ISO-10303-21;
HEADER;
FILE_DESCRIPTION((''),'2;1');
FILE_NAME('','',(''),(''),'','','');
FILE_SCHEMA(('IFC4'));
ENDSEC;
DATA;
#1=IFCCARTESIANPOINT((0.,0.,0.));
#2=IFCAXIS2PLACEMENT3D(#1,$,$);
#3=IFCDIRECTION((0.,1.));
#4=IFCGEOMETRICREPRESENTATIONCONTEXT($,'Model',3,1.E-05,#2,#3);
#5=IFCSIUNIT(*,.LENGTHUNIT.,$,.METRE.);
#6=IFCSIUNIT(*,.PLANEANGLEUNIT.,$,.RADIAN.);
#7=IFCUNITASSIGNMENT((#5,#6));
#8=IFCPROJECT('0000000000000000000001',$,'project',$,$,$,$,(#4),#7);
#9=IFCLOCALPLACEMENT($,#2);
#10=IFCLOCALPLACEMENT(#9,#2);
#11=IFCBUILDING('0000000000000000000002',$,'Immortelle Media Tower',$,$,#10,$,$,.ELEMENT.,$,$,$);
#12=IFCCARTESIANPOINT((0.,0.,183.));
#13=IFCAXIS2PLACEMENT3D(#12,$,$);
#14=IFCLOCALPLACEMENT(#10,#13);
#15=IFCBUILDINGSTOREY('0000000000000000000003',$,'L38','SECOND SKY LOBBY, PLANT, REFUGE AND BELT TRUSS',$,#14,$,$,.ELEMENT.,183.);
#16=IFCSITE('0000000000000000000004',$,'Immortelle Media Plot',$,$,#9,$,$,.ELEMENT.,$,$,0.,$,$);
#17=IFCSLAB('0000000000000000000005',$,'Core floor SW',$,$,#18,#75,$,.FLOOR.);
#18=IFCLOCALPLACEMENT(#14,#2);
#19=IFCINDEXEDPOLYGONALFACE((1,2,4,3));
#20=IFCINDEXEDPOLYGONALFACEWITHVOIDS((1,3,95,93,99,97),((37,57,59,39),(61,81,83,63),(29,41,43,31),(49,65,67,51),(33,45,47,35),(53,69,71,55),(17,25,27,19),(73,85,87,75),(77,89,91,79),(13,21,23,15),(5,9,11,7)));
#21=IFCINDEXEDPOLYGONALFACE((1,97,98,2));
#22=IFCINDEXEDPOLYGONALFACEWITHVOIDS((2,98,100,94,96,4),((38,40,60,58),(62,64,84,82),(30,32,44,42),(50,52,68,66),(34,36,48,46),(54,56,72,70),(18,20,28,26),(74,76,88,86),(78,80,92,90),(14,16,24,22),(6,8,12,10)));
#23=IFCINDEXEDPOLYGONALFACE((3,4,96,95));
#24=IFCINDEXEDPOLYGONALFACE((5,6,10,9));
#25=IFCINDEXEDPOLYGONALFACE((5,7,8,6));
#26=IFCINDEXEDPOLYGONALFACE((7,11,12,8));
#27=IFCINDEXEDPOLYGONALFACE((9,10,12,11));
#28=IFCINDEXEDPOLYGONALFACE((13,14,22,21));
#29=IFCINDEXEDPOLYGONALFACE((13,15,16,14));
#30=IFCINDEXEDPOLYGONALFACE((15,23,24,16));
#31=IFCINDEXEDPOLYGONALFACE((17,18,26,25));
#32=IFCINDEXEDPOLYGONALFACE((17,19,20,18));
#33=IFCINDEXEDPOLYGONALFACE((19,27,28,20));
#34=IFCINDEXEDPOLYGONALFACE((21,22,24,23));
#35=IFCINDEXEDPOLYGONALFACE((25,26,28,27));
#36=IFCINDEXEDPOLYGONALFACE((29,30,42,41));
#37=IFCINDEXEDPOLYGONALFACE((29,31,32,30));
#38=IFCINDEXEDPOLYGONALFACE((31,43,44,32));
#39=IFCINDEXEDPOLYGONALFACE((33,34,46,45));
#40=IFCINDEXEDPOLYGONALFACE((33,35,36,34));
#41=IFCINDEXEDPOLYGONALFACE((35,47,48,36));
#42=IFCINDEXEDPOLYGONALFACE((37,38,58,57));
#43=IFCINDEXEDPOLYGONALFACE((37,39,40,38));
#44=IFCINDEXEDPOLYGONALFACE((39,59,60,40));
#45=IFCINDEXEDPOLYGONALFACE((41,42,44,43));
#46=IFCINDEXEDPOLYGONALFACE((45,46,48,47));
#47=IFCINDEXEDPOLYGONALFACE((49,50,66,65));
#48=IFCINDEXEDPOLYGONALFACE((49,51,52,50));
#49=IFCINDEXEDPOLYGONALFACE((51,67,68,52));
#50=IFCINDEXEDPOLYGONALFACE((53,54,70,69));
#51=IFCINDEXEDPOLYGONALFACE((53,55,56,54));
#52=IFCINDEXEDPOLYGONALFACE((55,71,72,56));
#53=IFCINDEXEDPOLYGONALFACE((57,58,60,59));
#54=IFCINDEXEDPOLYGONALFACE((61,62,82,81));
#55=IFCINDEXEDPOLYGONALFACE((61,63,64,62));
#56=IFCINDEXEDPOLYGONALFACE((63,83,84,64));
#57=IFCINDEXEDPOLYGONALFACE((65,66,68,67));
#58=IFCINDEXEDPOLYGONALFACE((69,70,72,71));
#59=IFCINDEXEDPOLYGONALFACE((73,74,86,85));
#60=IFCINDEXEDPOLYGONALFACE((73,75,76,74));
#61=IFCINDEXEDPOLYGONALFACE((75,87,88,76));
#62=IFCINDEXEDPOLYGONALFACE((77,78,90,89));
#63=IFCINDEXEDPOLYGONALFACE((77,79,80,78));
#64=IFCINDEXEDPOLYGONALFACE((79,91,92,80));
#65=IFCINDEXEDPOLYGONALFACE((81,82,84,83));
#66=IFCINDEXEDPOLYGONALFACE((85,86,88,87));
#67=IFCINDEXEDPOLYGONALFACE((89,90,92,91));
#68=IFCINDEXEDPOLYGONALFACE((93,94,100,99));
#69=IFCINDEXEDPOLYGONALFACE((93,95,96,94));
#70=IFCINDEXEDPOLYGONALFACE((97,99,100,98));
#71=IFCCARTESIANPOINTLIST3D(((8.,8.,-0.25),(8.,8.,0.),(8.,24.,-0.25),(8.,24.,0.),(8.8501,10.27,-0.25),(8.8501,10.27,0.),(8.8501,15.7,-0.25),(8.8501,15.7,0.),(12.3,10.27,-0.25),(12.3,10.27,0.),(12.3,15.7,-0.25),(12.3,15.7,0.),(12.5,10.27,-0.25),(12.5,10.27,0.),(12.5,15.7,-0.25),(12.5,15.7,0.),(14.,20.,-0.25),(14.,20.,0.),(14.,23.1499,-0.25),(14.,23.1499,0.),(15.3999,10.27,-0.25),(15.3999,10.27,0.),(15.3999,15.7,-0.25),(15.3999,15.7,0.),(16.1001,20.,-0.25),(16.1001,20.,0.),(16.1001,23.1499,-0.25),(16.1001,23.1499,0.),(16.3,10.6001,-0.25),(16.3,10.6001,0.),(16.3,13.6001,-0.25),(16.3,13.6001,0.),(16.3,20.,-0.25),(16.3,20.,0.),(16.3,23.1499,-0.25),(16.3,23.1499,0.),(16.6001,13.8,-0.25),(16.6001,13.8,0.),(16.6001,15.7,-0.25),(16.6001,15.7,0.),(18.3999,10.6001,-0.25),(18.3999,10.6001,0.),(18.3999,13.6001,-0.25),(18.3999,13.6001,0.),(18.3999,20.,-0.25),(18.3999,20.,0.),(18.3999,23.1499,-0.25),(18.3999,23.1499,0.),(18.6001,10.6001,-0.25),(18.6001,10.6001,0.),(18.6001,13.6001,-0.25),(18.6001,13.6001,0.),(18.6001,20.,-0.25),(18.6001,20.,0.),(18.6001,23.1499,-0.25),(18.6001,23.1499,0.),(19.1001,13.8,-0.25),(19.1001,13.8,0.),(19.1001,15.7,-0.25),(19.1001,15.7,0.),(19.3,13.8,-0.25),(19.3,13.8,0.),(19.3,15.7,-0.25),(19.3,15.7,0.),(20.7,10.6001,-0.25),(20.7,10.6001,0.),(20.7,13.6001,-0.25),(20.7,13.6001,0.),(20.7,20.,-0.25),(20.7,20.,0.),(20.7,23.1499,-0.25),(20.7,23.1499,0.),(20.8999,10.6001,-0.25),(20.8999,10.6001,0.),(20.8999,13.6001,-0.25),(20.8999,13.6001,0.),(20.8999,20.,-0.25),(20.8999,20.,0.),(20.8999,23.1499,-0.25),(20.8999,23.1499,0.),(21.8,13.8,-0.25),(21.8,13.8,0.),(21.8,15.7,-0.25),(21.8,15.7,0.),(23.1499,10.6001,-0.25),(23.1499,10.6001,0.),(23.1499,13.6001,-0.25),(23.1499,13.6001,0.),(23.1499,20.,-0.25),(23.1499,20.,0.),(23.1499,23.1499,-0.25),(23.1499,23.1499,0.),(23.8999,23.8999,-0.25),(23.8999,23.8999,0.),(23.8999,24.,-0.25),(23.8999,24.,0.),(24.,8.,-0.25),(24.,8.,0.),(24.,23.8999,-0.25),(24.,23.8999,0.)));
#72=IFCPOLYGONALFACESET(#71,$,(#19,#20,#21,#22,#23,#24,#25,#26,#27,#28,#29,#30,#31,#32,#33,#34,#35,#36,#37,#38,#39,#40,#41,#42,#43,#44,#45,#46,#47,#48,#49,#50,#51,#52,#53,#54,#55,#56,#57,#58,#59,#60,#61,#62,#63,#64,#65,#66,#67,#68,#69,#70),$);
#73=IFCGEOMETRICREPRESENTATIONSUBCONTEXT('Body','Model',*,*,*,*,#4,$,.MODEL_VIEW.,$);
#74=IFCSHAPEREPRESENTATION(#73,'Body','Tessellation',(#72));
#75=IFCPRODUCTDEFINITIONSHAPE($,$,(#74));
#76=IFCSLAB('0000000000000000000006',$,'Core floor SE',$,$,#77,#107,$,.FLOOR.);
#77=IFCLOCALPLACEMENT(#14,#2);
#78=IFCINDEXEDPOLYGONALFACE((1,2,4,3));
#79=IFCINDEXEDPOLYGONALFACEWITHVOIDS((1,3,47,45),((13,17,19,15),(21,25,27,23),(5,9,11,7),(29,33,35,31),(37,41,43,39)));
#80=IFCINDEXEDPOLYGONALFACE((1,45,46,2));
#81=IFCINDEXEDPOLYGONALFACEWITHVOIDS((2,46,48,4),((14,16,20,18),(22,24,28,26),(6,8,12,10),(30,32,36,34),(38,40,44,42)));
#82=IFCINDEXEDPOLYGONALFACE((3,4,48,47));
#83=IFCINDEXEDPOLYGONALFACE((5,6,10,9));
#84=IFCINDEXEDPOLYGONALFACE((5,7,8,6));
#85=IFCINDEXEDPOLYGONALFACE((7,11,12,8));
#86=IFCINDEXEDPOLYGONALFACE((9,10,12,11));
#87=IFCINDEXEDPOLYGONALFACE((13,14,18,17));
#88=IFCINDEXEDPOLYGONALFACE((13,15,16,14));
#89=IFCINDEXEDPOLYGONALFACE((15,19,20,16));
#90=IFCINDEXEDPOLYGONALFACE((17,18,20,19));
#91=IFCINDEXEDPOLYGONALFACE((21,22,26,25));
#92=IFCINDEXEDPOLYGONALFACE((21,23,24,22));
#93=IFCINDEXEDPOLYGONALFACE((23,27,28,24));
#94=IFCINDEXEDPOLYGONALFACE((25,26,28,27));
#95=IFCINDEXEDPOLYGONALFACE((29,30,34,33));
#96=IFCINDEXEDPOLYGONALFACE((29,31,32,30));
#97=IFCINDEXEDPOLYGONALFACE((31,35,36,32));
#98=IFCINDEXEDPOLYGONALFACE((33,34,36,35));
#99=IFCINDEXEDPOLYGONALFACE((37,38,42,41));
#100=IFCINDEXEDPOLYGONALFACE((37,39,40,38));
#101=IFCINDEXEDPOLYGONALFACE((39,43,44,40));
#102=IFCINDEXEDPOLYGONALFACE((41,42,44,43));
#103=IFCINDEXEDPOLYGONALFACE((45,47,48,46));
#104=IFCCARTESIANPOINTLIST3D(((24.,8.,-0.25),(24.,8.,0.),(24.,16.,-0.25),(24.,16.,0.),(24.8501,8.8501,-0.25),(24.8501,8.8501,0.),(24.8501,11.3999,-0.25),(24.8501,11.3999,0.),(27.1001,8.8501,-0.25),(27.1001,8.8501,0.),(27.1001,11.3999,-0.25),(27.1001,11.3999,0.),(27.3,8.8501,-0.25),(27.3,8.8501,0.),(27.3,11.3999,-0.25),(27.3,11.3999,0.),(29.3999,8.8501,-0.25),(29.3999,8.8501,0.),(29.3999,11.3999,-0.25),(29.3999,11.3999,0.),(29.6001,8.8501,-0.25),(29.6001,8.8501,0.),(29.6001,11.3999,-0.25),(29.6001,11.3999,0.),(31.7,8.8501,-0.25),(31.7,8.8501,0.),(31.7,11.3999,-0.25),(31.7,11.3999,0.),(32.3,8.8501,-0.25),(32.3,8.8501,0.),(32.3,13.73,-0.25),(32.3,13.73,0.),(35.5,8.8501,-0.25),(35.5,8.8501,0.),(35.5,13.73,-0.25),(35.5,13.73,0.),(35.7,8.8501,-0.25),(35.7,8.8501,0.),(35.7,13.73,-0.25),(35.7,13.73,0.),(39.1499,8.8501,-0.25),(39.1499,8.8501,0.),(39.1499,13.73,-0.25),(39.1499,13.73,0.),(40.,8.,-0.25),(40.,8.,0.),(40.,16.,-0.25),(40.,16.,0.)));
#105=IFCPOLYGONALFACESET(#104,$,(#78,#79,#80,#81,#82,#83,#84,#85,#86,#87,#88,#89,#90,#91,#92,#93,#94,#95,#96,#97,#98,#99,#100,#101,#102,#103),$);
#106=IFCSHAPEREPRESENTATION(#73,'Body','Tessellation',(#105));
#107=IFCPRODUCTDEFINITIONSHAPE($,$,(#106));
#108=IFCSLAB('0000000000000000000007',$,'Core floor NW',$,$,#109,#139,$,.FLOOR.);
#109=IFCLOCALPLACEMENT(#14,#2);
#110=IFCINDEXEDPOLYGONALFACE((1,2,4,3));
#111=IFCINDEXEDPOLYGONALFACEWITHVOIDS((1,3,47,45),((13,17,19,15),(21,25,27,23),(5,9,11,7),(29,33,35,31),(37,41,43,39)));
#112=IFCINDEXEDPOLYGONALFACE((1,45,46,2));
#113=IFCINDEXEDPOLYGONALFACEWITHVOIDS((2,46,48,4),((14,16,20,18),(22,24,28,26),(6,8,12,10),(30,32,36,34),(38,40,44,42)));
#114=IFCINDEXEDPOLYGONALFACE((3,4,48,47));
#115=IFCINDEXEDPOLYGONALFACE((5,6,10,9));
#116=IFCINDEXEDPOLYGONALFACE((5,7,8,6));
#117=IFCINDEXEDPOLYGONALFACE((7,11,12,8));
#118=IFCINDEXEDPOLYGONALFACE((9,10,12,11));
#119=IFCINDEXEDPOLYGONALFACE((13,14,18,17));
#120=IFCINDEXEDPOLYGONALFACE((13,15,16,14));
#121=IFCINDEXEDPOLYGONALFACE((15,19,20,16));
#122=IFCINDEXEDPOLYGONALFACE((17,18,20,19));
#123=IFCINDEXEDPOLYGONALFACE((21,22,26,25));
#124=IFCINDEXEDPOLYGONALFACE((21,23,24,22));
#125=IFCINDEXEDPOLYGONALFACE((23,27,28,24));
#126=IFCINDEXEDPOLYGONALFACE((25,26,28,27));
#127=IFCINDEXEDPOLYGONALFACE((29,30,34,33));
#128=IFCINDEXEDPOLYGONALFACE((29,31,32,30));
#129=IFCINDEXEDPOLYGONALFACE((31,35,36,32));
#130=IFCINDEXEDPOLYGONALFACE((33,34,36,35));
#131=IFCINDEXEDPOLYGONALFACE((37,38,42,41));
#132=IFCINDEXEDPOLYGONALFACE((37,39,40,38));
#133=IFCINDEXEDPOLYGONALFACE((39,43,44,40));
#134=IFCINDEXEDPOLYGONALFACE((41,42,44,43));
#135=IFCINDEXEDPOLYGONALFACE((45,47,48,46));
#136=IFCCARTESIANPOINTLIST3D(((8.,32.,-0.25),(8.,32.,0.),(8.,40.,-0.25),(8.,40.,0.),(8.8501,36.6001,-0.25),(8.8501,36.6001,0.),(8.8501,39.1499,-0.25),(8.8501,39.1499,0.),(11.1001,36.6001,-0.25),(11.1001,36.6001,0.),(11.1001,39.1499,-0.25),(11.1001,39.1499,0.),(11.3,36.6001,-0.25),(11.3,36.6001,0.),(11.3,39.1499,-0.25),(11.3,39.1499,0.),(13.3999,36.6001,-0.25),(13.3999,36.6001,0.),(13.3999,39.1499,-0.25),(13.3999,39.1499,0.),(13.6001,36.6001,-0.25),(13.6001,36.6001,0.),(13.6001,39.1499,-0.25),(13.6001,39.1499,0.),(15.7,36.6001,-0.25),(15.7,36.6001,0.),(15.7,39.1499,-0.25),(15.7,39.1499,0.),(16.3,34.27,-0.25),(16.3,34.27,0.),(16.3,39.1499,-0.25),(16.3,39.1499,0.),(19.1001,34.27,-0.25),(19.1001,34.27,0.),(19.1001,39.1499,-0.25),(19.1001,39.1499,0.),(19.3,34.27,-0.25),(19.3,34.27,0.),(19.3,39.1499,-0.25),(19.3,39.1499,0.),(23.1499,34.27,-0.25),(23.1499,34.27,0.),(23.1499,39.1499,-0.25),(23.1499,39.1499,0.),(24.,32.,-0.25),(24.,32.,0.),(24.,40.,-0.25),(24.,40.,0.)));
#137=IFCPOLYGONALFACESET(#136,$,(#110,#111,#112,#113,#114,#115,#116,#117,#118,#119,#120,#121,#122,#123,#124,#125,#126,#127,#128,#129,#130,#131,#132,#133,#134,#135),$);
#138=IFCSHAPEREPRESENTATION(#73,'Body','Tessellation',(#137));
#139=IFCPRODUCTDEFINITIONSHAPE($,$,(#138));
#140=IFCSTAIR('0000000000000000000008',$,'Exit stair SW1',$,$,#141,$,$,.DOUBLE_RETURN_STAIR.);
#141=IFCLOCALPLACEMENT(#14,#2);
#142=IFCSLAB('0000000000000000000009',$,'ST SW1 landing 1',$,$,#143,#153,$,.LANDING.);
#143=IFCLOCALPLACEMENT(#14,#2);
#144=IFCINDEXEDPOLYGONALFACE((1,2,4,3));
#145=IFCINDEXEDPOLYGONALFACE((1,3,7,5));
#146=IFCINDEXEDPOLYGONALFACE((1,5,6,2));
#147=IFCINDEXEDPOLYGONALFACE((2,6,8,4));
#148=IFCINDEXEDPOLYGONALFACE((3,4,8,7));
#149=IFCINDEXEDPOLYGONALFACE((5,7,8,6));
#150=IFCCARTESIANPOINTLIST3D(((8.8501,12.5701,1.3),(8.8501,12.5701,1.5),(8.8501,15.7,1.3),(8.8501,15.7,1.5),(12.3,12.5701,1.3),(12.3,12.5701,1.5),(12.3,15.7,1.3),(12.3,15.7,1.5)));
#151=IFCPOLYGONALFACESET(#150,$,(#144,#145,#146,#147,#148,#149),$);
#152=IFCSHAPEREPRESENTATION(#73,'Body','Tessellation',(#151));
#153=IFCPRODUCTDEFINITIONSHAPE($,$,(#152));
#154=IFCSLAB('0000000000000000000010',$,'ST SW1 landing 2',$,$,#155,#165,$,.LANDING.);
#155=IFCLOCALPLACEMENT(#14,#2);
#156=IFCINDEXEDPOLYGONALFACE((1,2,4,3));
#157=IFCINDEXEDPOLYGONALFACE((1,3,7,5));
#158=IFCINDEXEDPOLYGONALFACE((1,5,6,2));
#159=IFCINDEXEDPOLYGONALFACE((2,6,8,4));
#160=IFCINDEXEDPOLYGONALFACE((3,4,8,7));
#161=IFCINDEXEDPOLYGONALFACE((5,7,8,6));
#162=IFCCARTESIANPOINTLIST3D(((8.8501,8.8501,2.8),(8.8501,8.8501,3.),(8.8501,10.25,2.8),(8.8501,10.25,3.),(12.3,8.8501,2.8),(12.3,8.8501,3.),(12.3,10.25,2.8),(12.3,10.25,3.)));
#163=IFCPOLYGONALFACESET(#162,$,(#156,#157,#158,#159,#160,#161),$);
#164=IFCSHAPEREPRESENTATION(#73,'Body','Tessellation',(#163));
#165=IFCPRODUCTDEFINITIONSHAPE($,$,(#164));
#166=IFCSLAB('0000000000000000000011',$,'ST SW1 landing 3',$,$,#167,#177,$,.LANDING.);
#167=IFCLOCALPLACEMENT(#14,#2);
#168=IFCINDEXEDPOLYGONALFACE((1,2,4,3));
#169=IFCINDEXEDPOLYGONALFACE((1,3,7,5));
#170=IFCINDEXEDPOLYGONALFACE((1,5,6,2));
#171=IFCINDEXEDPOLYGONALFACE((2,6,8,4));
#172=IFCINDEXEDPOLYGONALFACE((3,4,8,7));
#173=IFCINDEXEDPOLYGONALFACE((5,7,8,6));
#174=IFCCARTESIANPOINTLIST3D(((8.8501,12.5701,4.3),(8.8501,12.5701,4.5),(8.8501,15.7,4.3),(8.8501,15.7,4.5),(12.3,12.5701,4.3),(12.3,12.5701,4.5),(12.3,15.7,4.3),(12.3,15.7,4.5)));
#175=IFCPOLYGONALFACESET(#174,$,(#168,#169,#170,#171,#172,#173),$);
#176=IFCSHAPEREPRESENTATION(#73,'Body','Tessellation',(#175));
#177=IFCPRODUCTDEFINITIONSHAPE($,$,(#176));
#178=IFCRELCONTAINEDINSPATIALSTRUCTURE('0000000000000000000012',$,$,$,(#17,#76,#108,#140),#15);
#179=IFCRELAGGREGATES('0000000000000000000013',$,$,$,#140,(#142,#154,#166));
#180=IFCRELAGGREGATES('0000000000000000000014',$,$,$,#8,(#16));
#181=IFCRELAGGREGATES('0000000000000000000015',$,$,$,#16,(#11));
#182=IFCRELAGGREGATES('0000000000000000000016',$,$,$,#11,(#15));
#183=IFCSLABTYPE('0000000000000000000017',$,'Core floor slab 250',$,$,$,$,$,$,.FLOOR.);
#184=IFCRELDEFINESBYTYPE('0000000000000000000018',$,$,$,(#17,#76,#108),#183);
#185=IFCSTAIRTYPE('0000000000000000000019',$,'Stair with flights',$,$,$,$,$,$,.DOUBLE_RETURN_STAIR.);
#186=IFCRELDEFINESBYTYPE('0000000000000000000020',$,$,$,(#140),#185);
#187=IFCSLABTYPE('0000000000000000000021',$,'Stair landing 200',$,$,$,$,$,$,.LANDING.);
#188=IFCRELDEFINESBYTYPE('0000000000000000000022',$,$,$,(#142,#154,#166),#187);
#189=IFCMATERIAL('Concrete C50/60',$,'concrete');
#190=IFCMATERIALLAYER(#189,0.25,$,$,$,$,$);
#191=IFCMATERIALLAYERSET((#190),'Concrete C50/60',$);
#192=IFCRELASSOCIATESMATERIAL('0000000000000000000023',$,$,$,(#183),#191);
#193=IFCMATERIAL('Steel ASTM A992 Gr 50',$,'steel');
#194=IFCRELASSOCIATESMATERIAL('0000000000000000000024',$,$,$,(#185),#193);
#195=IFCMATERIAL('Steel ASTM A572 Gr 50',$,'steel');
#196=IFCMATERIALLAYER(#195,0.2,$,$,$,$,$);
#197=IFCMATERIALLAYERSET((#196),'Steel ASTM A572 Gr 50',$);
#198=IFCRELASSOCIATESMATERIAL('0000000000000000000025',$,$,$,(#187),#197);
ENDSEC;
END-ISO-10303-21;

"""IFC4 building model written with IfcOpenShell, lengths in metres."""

from ifc_helpers import new_model, si_unit, direction, frame, origin, place, context, subcontext, project, spatial, polyline, outline, extrude, material, layer, layer_set, type_object, element, aggregate, save


model = new_model("IFC4")

# Units and contexts
model_context = context("Model", 3, precision=1e-05, world=origin(), true_north=direction((0.0, 1.0)))
body_context = subcontext(model_context, "Body", "Model", "MODEL_VIEW")
ifc_project = project(units=[si_unit("LENGTHUNIT", "METRE"), si_unit("PLANEANGLEUNIT", "RADIAN")], contexts=[model_context])

# Site, building, storey
site_placement = place(None, origin())
site = spatial("IfcSite", under=ifc_project, at=site_placement, Name="Immortelle Media Plot", CompositionType="ELEMENT", RefElevation=0.0)
building_placement = place(site_placement, origin())
building = spatial("IfcBuilding", under=site, at=building_placement, Name="Immortelle Media Tower", CompositionType="ELEMENT")
storey_placement = place(building_placement, frame((0.0, 0.0, 183.0)))
storey = spatial("IfcBuildingStorey", under=building, at=storey_placement, Name="L38", Description="SECOND SKY LOBBY, PLANT, REFUGE AND BELT TRUSS", CompositionType="ELEMENT", Elevation=183.0)

# Shared definitions
ifc_material_1 = material(Name="Steel ASTM A992 Gr 50", Category="steel")

# Slabs
ifc_material_2 = material(Name="Concrete C50/60", Category="concrete")
ifc_layer_1 = layer(ifc_material_2, 0.25)
ifc_layer_set_1 = layer_set([ifc_layer_1], Name="Concrete C50/60")
slab_type_1 = type_object("IfcSlabType", Name="Core floor slab 250", PredefinedType="FLOOR", material=ifc_layer_set_1)
slab_1_placement = place(storey_placement, frame((0.0, 0.0, -0.25)))
element("IfcSlab", 1, at=slab_1_placement, inside=storey, type_object=slab_type_1, Name="Core floor SW", PredefinedType="FLOOR", context=body_context, shape_type="SweptSolid", body=[
    extrude(outline(polyline([(24.0, 8.0), (8.0, 8.0), (8.0, 24.0), (23.8999, 24.0), (23.8999, 23.8999), (24.0, 23.8999), (24.0, 8.0)]), holes=[polyline([(14.0, 20.0), (16.1001, 20.0), (16.1001, 23.1499), (14.0, 23.1499), (14.0, 20.0)]), polyline([(16.3, 20.0), (18.3999, 20.0), (18.3999, 23.1499), (16.3, 23.1499), (16.3, 20.0)]), polyline([(18.6001, 20.0), (20.7, 20.0), (20.7, 23.1499), (18.6001, 23.1499), (18.6001, 20.0)]), polyline([(20.8999, 20.0), (23.1499, 20.0), (23.1499, 23.1499), (20.8999, 23.1499), (20.8999, 20.0)]), polyline([(16.6001, 13.8), (19.1001, 13.8), (19.1001, 15.7), (16.6001, 15.7), (16.6001, 13.8)]), polyline([(19.3, 13.8), (21.8, 13.8), (21.8, 15.7), (19.3, 15.7), (19.3, 13.8)]), polyline([(16.3, 10.6001), (18.3999, 10.6001), (18.3999, 13.6001), (16.3, 13.6001), (16.3, 10.6001)]), polyline([(18.6001, 10.6001), (20.7, 10.6001), (20.7, 13.6001), (18.6001, 13.6001), (18.6001, 10.6001)]), polyline([(20.8999, 10.6001), (23.1499, 10.6001), (23.1499, 13.6001), (20.8999, 13.6001), (20.8999, 10.6001)]), polyline([(8.8501, 10.27), (12.3, 10.27), (12.3, 15.7), (8.8501, 15.7), (8.8501, 10.27)]), polyline([(12.5, 10.27), (15.3999, 10.27), (15.3999, 15.7), (12.5, 15.7), (12.5, 10.27)])]), origin(), (0.0, 0.0, 1.0), 0.25),
])
slab_2_placement = place(storey_placement, frame((0.0, 0.0, -0.25)))
element("IfcSlab", 2, at=slab_2_placement, inside=storey, type_object=slab_type_1, Name="Core floor SE", PredefinedType="FLOOR", context=body_context, shape_type="SweptSolid", body=[
    extrude(outline(polyline([(24.0, 8.0), (40.0, 8.0), (40.0, 16.0), (24.0, 16.0), (24.0, 8.0)]), holes=[polyline([(24.8501, 8.8501), (27.1001, 8.8501), (27.1001, 11.3999), (24.8501, 11.3999), (24.8501, 8.8501)]), polyline([(27.3, 8.8501), (29.3999, 8.8501), (29.3999, 11.3999), (27.3, 11.3999), (27.3, 8.8501)]), polyline([(29.6001, 8.8501), (31.7, 8.8501), (31.7, 11.3999), (29.6001, 11.3999), (29.6001, 8.8501)]), polyline([(32.3, 8.8501), (35.5, 8.8501), (35.5, 13.73), (32.3, 13.73), (32.3, 8.8501)]), polyline([(35.7, 8.8501), (39.1499, 8.8501), (39.1499, 13.73), (35.7, 13.73), (35.7, 8.8501)])]), origin(), (0.0, 0.0, 1.0), 0.25),
])
slab_3_placement = place(storey_placement, frame((0.0, 0.0, -0.25)))
element("IfcSlab", 3, at=slab_3_placement, inside=storey, type_object=slab_type_1, Name="Core floor NW", PredefinedType="FLOOR", context=body_context, shape_type="SweptSolid", body=[
    extrude(outline(polyline([(8.0, 32.0), (24.0, 32.0), (24.0, 40.0), (8.0, 40.0), (8.0, 32.0)]), holes=[polyline([(8.8501, 36.6001), (11.1001, 36.6001), (11.1001, 39.1499), (8.8501, 39.1499), (8.8501, 36.6001)]), polyline([(11.3, 36.6001), (13.3999, 36.6001), (13.3999, 39.1499), (11.3, 39.1499), (11.3, 36.6001)]), polyline([(13.6001, 36.6001), (15.7, 36.6001), (15.7, 39.1499), (13.6001, 39.1499), (13.6001, 36.6001)]), polyline([(16.3, 34.27), (19.1001, 34.27), (19.1001, 39.1499), (16.3, 39.1499), (16.3, 34.27)]), polyline([(19.3, 34.27), (23.1499, 34.27), (23.1499, 39.1499), (19.3, 39.1499), (19.3, 34.27)])]), origin(), (0.0, 0.0, 1.0), 0.25),
])

# Stair, slabs
stair_type = type_object("IfcStairType", Name="Stair with flights", PredefinedType="DOUBLE_RETURN_STAIR", material=ifc_material_1)
stair_1_placement = place(storey_placement, origin())
stair_1 = element("IfcStair", 4, at=stair_1_placement, inside=storey, type_object=stair_type, Name="Exit stair SW1", PredefinedType="DOUBLE_RETURN_STAIR")
ifc_material_3 = material(Name="Steel ASTM A572 Gr 50", Category="steel")
ifc_layer_2 = layer(ifc_material_3, 0.2)
ifc_layer_set_2 = layer_set([ifc_layer_2], Name="Steel ASTM A572 Gr 50")
slab_type_2 = type_object("IfcSlabType", Name="Stair landing 200", PredefinedType="LANDING", material=ifc_layer_set_2)
slab_4_placement = place(storey_placement, frame((0.0, 0.0, 1.3)))
slab_4 = element("IfcSlab", 5, at=slab_4_placement, type_object=slab_type_2, Name="ST SW1 landing 1", PredefinedType="LANDING", context=body_context, shape_type="SweptSolid", body=[
    extrude(outline(polyline([(8.8501, 12.5701), (12.3, 12.5701), (12.3, 15.7), (8.8501, 15.7), (8.8501, 12.5701)])), origin(), (0.0, 0.0, 1.0), 0.2),
])
slab_5_placement = place(storey_placement, frame((0.0, 0.0, 2.8)))
slab_5 = element("IfcSlab", 6, at=slab_5_placement, type_object=slab_type_2, Name="ST SW1 landing 2", PredefinedType="LANDING", context=body_context, shape_type="SweptSolid", body=[
    extrude(outline(polyline([(8.8501, 8.8501), (12.3, 8.8501), (12.3, 10.25), (8.8501, 10.25), (8.8501, 8.8501)])), origin(), (0.0, 0.0, 1.0), 0.2),
])
slab_6_placement = place(storey_placement, frame((0.0, 0.0, 4.3)))
slab_6 = element("IfcSlab", 7, at=slab_6_placement, type_object=slab_type_2, Name="ST SW1 landing 3", PredefinedType="LANDING", context=body_context, shape_type="SweptSolid", body=[
    extrude(outline(polyline([(8.8501, 12.5701), (12.3, 12.5701), (12.3, 15.7), (8.8501, 15.7), (8.8501, 12.5701)])), origin(), (0.0, 0.0, 1.0), 0.2),
])
aggregate(stair_1, [slab_4, slab_5, slab_6])

save(model, "model.ifc")
